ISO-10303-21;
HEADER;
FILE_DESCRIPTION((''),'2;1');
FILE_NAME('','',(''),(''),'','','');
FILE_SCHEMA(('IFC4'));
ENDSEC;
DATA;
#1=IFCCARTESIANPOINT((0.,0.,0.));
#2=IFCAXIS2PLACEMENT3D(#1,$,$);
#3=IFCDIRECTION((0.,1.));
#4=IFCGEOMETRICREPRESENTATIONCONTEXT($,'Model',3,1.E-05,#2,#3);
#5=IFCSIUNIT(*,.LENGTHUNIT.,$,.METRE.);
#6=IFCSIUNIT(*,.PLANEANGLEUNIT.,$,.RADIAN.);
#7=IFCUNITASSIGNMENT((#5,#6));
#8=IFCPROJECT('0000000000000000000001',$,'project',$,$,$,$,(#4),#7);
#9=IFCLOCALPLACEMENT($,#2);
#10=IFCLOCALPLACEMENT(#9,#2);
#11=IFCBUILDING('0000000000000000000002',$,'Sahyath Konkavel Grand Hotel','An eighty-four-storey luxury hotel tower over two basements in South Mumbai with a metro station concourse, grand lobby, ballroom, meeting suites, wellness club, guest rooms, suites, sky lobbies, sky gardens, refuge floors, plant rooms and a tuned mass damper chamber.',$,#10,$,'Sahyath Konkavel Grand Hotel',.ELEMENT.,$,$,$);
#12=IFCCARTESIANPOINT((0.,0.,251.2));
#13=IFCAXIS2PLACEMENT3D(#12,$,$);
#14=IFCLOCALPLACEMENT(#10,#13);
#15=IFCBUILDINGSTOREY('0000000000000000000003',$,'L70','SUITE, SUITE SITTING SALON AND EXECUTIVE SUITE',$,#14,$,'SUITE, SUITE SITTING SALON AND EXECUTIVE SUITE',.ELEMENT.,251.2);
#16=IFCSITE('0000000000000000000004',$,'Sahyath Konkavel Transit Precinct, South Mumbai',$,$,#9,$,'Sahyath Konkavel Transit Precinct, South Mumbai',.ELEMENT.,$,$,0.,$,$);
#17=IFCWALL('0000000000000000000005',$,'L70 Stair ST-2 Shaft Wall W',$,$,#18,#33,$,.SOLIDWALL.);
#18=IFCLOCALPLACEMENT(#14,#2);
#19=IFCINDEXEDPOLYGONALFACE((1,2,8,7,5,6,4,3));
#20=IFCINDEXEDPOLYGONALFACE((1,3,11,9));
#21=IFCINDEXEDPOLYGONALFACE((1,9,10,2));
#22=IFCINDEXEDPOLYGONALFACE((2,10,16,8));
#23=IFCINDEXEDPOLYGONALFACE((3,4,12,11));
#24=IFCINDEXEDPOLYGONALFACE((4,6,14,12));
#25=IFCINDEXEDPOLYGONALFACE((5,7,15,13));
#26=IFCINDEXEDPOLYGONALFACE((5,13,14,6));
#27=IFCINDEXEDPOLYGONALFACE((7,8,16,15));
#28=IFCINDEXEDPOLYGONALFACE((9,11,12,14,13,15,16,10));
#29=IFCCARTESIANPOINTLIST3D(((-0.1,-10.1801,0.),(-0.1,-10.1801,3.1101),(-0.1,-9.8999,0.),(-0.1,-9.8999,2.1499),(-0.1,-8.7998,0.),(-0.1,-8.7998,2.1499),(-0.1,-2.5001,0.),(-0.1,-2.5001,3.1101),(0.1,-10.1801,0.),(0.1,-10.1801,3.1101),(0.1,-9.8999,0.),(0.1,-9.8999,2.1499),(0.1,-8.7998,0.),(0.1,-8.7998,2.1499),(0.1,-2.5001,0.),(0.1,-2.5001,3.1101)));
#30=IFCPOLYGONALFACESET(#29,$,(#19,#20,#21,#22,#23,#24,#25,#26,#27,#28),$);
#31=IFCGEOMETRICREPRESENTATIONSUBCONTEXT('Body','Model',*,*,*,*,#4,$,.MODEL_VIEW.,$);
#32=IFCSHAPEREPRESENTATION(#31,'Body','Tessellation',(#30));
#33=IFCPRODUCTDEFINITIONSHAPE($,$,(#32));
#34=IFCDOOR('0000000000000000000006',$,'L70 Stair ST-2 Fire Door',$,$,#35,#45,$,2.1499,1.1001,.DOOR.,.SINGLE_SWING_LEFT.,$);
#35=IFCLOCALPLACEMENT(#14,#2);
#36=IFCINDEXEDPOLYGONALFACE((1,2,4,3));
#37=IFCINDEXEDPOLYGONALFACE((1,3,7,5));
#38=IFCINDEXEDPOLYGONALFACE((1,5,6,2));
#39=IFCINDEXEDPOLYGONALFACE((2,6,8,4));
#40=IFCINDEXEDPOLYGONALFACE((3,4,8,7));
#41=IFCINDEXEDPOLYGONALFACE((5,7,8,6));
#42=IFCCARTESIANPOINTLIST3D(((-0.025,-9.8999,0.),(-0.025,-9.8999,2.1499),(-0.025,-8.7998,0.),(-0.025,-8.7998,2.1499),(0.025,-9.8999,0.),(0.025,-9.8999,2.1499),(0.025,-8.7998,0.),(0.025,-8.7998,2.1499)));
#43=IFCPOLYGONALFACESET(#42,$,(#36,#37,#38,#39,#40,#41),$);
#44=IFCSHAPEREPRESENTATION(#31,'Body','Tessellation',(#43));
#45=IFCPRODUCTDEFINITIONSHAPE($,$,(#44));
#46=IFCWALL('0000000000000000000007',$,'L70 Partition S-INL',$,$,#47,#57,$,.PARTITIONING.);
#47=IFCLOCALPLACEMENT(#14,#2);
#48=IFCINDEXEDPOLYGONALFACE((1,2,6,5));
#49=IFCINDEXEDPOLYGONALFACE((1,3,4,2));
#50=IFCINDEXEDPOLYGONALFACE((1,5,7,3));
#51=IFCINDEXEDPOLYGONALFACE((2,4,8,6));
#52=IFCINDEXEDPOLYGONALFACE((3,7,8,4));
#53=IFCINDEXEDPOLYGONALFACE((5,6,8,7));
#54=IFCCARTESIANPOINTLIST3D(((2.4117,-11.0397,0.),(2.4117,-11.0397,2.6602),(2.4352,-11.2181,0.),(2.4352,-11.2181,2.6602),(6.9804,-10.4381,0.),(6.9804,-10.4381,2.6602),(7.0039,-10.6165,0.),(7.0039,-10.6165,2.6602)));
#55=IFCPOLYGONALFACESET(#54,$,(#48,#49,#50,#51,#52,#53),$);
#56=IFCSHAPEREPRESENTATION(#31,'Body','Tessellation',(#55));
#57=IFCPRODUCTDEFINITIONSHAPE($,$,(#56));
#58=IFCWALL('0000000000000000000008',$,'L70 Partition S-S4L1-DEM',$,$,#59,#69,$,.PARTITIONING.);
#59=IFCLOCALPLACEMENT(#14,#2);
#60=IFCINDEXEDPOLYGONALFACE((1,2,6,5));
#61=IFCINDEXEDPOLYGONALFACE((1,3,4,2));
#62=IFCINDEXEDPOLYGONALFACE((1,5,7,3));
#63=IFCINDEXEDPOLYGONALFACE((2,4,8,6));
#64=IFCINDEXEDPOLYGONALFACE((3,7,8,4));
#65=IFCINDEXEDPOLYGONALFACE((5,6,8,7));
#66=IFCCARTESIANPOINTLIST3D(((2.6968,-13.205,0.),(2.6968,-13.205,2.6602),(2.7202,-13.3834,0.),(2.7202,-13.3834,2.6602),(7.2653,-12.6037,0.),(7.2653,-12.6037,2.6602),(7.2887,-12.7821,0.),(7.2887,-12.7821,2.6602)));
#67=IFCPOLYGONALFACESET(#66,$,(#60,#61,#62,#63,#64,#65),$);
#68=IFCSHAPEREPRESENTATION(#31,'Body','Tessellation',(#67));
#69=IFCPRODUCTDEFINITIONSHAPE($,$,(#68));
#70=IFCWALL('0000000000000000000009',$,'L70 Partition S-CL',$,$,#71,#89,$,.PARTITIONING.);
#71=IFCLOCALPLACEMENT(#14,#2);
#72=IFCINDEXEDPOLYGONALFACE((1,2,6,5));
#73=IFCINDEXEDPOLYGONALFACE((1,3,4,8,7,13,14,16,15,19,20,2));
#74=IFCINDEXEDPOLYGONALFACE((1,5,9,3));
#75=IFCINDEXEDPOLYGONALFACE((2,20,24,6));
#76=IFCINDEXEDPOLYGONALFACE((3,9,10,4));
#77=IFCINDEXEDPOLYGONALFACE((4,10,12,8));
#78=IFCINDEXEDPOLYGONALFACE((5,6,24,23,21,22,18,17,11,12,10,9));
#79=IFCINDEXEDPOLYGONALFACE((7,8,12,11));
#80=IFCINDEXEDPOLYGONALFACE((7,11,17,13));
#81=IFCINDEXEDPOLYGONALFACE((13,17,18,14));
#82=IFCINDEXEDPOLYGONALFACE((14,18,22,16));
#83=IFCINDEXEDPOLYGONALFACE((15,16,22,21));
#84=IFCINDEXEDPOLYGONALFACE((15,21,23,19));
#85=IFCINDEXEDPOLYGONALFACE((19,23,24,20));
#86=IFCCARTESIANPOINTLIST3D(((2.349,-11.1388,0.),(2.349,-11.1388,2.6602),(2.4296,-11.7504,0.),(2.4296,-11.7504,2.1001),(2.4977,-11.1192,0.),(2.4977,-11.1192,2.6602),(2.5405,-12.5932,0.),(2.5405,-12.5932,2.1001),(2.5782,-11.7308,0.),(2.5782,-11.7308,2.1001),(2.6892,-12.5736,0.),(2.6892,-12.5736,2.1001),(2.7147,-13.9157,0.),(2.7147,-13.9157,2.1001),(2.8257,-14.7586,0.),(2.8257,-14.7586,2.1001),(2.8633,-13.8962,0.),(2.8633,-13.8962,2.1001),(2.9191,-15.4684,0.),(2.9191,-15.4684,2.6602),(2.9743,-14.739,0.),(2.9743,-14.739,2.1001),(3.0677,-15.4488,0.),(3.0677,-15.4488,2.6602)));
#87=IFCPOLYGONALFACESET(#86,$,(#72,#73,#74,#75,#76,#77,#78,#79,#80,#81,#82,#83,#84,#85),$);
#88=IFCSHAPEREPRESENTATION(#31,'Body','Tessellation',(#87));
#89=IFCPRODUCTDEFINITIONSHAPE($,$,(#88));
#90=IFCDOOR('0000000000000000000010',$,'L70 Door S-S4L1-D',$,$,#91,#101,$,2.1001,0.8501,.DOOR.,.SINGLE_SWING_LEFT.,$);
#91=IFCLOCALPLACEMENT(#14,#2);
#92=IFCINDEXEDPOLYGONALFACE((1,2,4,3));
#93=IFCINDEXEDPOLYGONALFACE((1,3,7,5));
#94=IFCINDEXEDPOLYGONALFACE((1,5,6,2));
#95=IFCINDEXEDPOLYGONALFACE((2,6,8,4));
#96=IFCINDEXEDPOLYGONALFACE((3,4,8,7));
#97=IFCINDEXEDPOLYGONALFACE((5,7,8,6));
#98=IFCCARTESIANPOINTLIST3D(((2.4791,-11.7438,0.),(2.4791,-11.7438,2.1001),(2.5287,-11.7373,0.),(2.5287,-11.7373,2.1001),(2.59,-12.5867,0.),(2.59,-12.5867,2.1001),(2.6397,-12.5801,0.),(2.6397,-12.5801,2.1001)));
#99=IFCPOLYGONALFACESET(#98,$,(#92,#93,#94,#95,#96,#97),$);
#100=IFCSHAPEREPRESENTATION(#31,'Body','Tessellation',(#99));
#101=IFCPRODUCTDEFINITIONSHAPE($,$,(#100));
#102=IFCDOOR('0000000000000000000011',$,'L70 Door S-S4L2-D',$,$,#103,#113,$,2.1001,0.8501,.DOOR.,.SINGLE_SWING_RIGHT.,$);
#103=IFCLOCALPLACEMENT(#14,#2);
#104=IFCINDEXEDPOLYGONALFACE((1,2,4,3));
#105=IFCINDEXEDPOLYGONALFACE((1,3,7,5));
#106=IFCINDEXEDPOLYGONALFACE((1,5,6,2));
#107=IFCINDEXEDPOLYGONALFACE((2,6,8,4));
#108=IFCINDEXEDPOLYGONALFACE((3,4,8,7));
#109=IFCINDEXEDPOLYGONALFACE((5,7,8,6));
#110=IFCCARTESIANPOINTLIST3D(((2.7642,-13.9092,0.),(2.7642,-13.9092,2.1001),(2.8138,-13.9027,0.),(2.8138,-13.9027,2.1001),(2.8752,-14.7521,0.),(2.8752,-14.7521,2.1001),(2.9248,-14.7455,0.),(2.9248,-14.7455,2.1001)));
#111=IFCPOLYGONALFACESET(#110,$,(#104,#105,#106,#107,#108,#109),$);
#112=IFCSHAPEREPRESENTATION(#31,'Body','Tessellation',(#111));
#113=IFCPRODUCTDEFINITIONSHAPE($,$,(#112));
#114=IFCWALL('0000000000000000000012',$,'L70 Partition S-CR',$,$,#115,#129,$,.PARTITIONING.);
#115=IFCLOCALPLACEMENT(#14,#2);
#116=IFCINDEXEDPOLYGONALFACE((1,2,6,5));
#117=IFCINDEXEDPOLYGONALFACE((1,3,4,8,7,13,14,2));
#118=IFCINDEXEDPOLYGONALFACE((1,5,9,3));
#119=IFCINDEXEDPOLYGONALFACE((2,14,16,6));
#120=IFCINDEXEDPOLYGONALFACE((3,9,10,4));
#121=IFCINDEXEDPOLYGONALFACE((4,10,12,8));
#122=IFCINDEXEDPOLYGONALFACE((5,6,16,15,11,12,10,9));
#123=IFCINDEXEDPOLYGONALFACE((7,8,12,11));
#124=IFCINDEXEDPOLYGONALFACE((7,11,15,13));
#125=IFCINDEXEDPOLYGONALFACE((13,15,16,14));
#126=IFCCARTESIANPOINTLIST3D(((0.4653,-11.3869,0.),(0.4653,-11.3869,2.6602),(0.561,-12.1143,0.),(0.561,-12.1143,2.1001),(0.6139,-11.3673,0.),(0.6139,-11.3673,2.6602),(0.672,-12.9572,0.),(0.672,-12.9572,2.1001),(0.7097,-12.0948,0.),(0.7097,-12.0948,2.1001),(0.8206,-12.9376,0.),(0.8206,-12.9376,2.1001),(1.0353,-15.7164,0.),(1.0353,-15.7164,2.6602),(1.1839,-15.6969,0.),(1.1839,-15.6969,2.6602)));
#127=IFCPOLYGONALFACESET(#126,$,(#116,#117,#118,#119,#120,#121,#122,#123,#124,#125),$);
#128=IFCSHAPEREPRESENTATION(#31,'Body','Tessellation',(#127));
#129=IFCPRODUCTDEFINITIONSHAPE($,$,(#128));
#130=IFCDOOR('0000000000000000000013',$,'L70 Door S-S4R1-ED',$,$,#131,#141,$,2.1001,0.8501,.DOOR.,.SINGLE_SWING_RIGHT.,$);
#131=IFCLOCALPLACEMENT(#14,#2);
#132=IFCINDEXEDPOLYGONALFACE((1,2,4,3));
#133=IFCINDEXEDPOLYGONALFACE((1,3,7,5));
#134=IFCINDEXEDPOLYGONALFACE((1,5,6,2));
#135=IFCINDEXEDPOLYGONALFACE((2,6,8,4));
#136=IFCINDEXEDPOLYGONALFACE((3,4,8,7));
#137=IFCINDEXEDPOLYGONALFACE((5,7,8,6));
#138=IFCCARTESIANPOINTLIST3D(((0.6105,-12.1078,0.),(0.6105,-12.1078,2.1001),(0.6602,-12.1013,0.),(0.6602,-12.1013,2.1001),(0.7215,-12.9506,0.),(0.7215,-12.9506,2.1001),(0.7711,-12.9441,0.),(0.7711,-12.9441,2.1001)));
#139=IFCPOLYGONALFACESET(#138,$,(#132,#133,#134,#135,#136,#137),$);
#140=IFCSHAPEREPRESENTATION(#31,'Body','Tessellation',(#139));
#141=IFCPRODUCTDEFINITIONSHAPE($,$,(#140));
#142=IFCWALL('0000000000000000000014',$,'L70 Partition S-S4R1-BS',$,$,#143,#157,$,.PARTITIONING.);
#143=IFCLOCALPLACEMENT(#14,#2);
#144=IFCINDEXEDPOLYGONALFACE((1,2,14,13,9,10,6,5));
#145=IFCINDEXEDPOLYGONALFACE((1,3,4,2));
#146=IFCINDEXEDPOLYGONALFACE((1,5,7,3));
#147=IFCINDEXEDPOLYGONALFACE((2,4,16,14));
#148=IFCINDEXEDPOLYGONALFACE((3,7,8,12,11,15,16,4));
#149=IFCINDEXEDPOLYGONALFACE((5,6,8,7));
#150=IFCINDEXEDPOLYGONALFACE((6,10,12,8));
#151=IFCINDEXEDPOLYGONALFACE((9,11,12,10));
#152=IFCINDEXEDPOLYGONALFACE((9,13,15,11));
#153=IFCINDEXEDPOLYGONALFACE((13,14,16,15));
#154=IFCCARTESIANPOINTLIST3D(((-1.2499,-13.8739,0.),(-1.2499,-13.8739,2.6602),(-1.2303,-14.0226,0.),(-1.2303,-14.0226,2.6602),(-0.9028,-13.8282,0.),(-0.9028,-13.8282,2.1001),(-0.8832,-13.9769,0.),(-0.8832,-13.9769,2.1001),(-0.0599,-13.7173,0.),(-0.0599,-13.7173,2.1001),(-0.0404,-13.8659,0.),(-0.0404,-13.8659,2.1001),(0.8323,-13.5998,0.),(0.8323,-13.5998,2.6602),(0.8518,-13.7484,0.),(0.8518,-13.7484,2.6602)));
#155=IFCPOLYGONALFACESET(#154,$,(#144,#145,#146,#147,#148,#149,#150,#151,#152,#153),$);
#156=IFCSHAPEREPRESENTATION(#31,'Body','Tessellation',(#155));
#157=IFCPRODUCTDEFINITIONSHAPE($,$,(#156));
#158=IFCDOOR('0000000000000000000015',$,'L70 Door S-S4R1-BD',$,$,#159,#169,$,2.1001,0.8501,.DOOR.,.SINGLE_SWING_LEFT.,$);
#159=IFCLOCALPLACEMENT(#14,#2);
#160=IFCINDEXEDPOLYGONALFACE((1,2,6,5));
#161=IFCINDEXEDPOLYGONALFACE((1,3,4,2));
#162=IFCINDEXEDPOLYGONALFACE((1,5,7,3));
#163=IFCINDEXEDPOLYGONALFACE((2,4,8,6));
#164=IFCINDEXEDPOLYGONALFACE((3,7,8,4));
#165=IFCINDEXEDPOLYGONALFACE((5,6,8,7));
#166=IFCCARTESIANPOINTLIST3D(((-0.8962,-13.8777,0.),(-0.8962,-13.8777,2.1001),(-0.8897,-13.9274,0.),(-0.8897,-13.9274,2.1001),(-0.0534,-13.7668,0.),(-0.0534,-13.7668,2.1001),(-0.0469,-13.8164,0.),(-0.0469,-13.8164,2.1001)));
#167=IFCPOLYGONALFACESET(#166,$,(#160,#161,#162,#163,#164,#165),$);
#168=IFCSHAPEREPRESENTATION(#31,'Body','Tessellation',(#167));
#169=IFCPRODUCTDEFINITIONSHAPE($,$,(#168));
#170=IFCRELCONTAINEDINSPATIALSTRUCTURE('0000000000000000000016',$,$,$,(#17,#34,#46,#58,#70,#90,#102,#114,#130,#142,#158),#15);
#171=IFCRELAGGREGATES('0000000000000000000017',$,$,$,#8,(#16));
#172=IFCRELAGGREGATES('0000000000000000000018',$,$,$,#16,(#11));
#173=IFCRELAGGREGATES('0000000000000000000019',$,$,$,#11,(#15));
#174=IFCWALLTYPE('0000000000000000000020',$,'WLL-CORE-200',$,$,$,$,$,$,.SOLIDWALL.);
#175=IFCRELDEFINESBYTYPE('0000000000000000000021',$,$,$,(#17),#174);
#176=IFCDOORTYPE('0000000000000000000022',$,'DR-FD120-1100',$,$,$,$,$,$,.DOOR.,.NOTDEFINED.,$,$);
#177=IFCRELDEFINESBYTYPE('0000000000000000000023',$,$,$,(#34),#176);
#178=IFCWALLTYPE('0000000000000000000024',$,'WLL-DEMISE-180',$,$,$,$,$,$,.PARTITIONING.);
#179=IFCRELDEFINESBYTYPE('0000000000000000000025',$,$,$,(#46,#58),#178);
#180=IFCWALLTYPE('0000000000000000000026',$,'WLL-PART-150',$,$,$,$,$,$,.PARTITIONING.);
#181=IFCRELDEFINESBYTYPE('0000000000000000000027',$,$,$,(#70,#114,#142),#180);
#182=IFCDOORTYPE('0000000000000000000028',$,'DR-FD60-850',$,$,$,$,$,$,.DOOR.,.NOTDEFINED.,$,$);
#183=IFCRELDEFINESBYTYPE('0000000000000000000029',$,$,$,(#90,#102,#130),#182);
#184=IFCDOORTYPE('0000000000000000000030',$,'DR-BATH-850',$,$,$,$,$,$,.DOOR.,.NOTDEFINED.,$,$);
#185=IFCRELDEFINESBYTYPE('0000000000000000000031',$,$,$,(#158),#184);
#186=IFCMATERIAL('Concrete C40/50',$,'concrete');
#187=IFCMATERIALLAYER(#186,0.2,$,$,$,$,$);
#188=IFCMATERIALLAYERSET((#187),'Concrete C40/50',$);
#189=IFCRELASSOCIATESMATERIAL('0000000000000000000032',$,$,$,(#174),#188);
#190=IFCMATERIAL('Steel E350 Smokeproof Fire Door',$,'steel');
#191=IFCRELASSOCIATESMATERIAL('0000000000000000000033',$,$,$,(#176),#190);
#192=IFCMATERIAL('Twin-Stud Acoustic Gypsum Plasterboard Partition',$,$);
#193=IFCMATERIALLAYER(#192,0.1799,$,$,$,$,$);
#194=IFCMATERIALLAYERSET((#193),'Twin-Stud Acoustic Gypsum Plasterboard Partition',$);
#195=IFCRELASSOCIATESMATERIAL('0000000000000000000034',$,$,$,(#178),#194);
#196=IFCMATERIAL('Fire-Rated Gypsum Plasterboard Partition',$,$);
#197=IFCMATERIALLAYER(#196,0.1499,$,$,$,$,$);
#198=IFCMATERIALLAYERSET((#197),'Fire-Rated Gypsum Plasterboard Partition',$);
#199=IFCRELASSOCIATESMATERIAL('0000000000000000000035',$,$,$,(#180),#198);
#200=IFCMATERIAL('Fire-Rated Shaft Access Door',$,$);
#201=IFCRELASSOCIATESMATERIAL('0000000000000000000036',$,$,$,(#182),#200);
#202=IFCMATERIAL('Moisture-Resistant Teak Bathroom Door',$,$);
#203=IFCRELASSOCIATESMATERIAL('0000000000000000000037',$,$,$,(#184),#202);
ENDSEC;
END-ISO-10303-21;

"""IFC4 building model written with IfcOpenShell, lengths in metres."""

from ifc_helpers import new_model, si_unit, direction, frame, frame_2d, origin, origin_2d, place, context, subcontext, project, spatial, rectangle, extrude, source, transform, mapped, material, layer, layer_set, type_object, element, fill, save


model = new_model("IFC4")

# Units and contexts
model_context = context("Model", 3, precision=1e-05, world=origin(), true_north=direction((0.0, 1.0)))
body_context = subcontext(model_context, "Body", "Model", "MODEL_VIEW")
ifc_project = project(units=[si_unit("LENGTHUNIT", "METRE"), si_unit("PLANEANGLEUNIT", "RADIAN")], contexts=[model_context])

# Site, building, storey
site_placement = place(None, origin())
site = spatial("IfcSite", under=ifc_project, at=site_placement, Name="Sahyath Konkavel Transit Precinct, South Mumbai", LongName="Sahyath Konkavel Transit Precinct, South Mumbai", CompositionType="ELEMENT", RefElevation=0.0)
building_placement = place(site_placement, origin())
building = spatial("IfcBuilding", under=site, at=building_placement, Name="Sahyath Konkavel Grand Hotel", Description="An eighty-four-storey luxury hotel tower over two basements in South Mumbai with a metro station concourse, grand lobby, ballroom, meeting suites, wellness club, guest rooms, suites, sky lobbies, sky gardens, refuge floors, plant rooms and a tuned mass damper chamber.", LongName="Sahyath Konkavel Grand Hotel", CompositionType="ELEMENT")
storey_placement = place(building_placement, frame((0.0, 0.0, 251.2)))
storey = spatial("IfcBuildingStorey", under=building, at=storey_placement, Name="L70", Description="SUITE, SUITE SITTING SALON AND EXECUTIVE SUITE", LongName="SUITE, SUITE SITTING SALON AND EXECUTIVE SUITE", CompositionType="ELEMENT", Elevation=251.2)

# Shared definitions
ifc_material_1 = material(Name="Concrete C40/50", Category="concrete")

# Wall, opening, door
ifc_layer_1 = layer(ifc_material_1, 0.2)
ifc_layer_set_1 = layer_set([ifc_layer_1], Name="Concrete C40/50")
wall_type_1 = type_object("IfcWallType", Name="WLL-CORE-200", PredefinedType="SOLIDWALL", material=ifc_layer_set_1)
wall_1_placement = place(storey_placement, frame((0.0, -10.1799, 0.0), z_axis=(0.0, 0.0, 1.0), x_axis=(0.0, 1.0, 0.0)))
wall_1 = element("IfcWall", 1, at=wall_1_placement, inside=storey, type_object=wall_type_1, Name="L70 Stair ST-2 Shaft Wall W", PredefinedType="SOLIDWALL", context=body_context, shape_type="SweptSolid", body=[
    extrude(rectangle(XDim=7.6799, YDim=0.2, at=frame_2d((3.8398, 0.0))), origin(), (0.0, 0.0, 1.0), 3.1101),
])
opening_1_placement = place(wall_1_placement, frame((0.28, 0.0, 0.0)))
opening_1 = element("IfcOpeningElement", 2, at=opening_1_placement, cuts=wall_1, PredefinedType="OPENING", context=body_context, shape_type="SweptSolid", body=[
    extrude(rectangle(XDim=1.1001, YDim=2.1499, at=frame_2d((0.55, 1.075))), frame((0.0, 0.1099, 0.0), z_axis=(0.0, -1.0, 0.0), x_axis=(1.0, 0.0, 0.0)), (0.0, 0.0, 1.0), 0.22),
])
ifc_material_2 = material(Name="Steel E350 Smokeproof Fire Door", Category="steel")
door_type_1 = type_object("IfcDoorType", Name="DR-FD120-1100", OperationType="NOTDEFINED", PredefinedType="DOOR", material=ifc_material_2)
shared_shape_1 = source(origin(), body_context, "Body", "SweptSolid", [
    extrude(rectangle(XDim=1.1001, YDim=0.05, at=origin_2d()), origin(), (0.0, 0.0, 1.0), 2.1499),
])
door_1_placement = place(opening_1_placement, frame((0.55, 0.0, 0.0)))
door_1 = element("IfcDoor", 3, at=door_1_placement, inside=storey, type_object=door_type_1, Name="L70 Stair ST-2 Fire Door", OperationType="SINGLE_SWING_LEFT", OverallHeight=2.1499, OverallWidth=1.1001, PredefinedType="DOOR", context=body_context, shape_type="MappedRepresentation", body=[
    mapped(shared_shape_1, transform((0.0, 0.0, 0.0), scale=1.0)),
])
fill(opening_1, door_1)

# Walls
ifc_material_3 = material(Name="Twin-Stud Acoustic Gypsum Plasterboard Partition")
ifc_layer_2 = layer(ifc_material_3, 0.1799)
ifc_layer_set_2 = layer_set([ifc_layer_2], Name="Twin-Stud Acoustic Gypsum Plasterboard Partition")
wall_type_2 = type_object("IfcWallType", Name="WLL-DEMISE-180", PredefinedType="PARTITIONING", material=ifc_layer_set_2)
wall_2_placement = place(storey_placement, frame((2.4233, -11.1289, 0.0), z_axis=(0.0, 0.0, 1.0), x_axis=(0.991442, 0.130546, 0.0)))
element("IfcWall", 4, at=wall_2_placement, inside=storey, type_object=wall_type_2, Name="L70 Partition S-INL", PredefinedType="PARTITIONING", context=body_context, shape_type="SweptSolid", body=[
    extrude(rectangle(XDim=4.6082, YDim=0.1799, at=frame_2d((2.3042, 0.0))), origin(), (0.0, 0.0, 1.0), 2.6602),
])
wall_3_placement = place(storey_placement, frame((2.7085, -13.2942, 0.0), z_axis=(0.0, 0.0, 1.0), x_axis=(0.991449, 0.130494, 0.0)))
element("IfcWall", 5, at=wall_3_placement, inside=storey, type_object=wall_type_2, Name="L70 Partition S-S4L1-DEM", PredefinedType="PARTITIONING", context=body_context, shape_type="SweptSolid", body=[
    extrude(rectangle(XDim=4.6079, YDim=0.1799, at=frame_2d((2.304, 0.0))), origin(), (0.0, 0.0, 1.0), 2.6602),
])

# Wall, openings, doors
ifc_material_4 = material(Name="Fire-Rated Gypsum Plasterboard Partition")
ifc_layer_3 = layer(ifc_material_4, 0.1499)
ifc_layer_set_3 = layer_set([ifc_layer_3], Name="Fire-Rated Gypsum Plasterboard Partition")
wall_type_3 = type_object("IfcWallType", Name="WLL-PART-150", PredefinedType="PARTITIONING", material=ifc_layer_set_3)
wall_4_placement = place(storey_placement, frame((2.4233, -11.1289, 0.0), z_axis=(0.0, 0.0, 1.0), x_axis=(0.130541, -0.991443, 0.0)))
wall_4 = element("IfcWall", 6, at=wall_4_placement, inside=storey, type_object=wall_type_3, Name="L70 Partition S-CL", PredefinedType="PARTITIONING", context=body_context, shape_type="SweptSolid", body=[
    extrude(rectangle(XDim=4.3669, YDim=0.1499, at=frame_2d((2.1836, 0.0))), origin(), (0.0, 0.0, 1.0), 2.6602),
])
opening_2_placement = place(wall_4_placement, frame((0.6169, 0.0, 0.0)))
opening_2 = element("IfcOpeningElement", 7, at=opening_2_placement, cuts=wall_4, PredefinedType="OPENING", context=body_context, shape_type="SweptSolid", body=[
    extrude(rectangle(XDim=0.8501, YDim=2.1001, at=frame_2d((0.425, 1.05))), frame((0.0, 0.085, 0.0), z_axis=(0.0, -1.0, 0.0), x_axis=(1.0, 0.0, 0.0)), (0.0, 0.0, 1.0), 0.1699),
])
opening_3_placement = place(wall_4_placement, frame((2.801, 0.0, 0.0)))
opening_3 = element("IfcOpeningElement", 8, at=opening_3_placement, cuts=wall_4, PredefinedType="OPENING", context=body_context, shape_type="SweptSolid", body=[
    extrude(rectangle(XDim=0.8501, YDim=2.1001, at=frame_2d((0.425, 1.05))), frame((0.0, 0.085, 0.0), z_axis=(0.0, -1.0, 0.0), x_axis=(1.0, 0.0, 0.0)), (0.0, 0.0, 1.0), 0.1699),
])
ifc_material_5 = material(Name="Fire-Rated Shaft Access Door")
door_type_2 = type_object("IfcDoorType", Name="DR-FD60-850", OperationType="NOTDEFINED", PredefinedType="DOOR", material=ifc_material_5)
shared_shape_2 = source(origin(), body_context, "Body", "SweptSolid", [
    extrude(rectangle(XDim=0.8501, YDim=0.05, at=origin_2d()), origin(), (0.0, 0.0, 1.0), 2.1001),
])
door_2_placement = place(opening_2_placement, frame((0.425, 0.0, 0.0)))
door_2 = element("IfcDoor", 9, at=door_2_placement, inside=storey, type_object=door_type_2, Name="L70 Door S-S4L1-D", OperationType="SINGLE_SWING_LEFT", OverallHeight=2.1001, OverallWidth=0.8501, PredefinedType="DOOR", context=body_context, shape_type="MappedRepresentation", body=[
    mapped(shared_shape_2, transform((0.0, 0.0, 0.0), scale=1.0)),
])
fill(opening_2, door_2)
door_3_placement = place(opening_3_placement, frame((0.425, 0.0, 0.0)))
door_3 = element("IfcDoor", 10, at=door_3_placement, inside=storey, type_object=door_type_2, Name="L70 Door S-S4L2-D", OperationType="SINGLE_SWING_RIGHT", OverallHeight=2.1001, OverallWidth=0.8501, PredefinedType="DOOR", context=body_context, shape_type="MappedRepresentation", body=[
    mapped(shared_shape_2, transform((0.0, 0.0, 0.0), scale=1.0)),
])
fill(opening_3, door_3)

# Walls, openings, doors
wall_5_placement = place(storey_placement, frame((0.5396, -11.377, 0.0), z_axis=(0.0, 0.0, 1.0), x_axis=(0.130541, -0.991443, 0.0)))
wall_5 = element("IfcWall", 11, at=wall_5_placement, inside=storey, type_object=wall_type_3, Name="L70 Partition S-CR", PredefinedType="PARTITIONING", context=body_context, shape_type="SweptSolid", body=[
    extrude(rectangle(XDim=4.3669, YDim=0.1499, at=frame_2d((2.1836, 0.0))), origin(), (0.0, 0.0, 1.0), 2.6602),
])
opening_4_placement = place(wall_5_placement, frame((0.7339, 0.0, 0.0)))
opening_4 = element("IfcOpeningElement", 12, at=opening_4_placement, cuts=wall_5, PredefinedType="OPENING", context=body_context, shape_type="SweptSolid", body=[
    extrude(rectangle(XDim=0.8501, YDim=2.1001, at=frame_2d((0.425, 1.05))), frame((0.0, 0.085, 0.0), z_axis=(0.0, -1.0, 0.0), x_axis=(1.0, 0.0, 0.0)), (0.0, 0.0, 1.0), 0.1699),
])
door_4_placement = place(opening_4_placement, frame((0.425, 0.0, 0.0)))
door_4 = element("IfcDoor", 13, at=door_4_placement, inside=storey, type_object=door_type_2, Name="L70 Door S-S4R1-ED", OperationType="SINGLE_SWING_RIGHT", OverallHeight=2.1001, OverallWidth=0.8501, PredefinedType="DOOR", context=body_context, shape_type="MappedRepresentation", body=[
    mapped(shared_shape_2, transform((0.0, 0.0, 0.0), scale=1.0)),
])
fill(opening_4, door_4)
wall_6_placement = place(storey_placement, frame((0.842, -13.6741, 0.0), z_axis=(0.0, 0.0, 1.0), x_axis=(-0.991441, -0.130557, 0.0)))
wall_6 = element("IfcWall", 14, at=wall_6_placement, inside=storey, type_object=wall_type_3, Name="L70 Partition S-S4R1-BS", PredefinedType="PARTITIONING", context=body_context, shape_type="SweptSolid", body=[
    extrude(rectangle(XDim=2.1001, YDim=0.1499, at=frame_2d((1.05, 0.0))), origin(), (0.0, 0.0, 1.0), 2.6602),
])
opening_5_placement = place(wall_6_placement, frame((0.8999, 0.0, 0.0)))
opening_5 = element("IfcOpeningElement", 15, at=opening_5_placement, cuts=wall_6, PredefinedType="OPENING", context=body_context, shape_type="SweptSolid", body=[
    extrude(rectangle(XDim=0.8501, YDim=2.1001, at=frame_2d((0.425, 1.05))), frame((0.0, 0.085, 0.0), z_axis=(0.0, -1.0, 0.0), x_axis=(1.0, 0.0, 0.0)), (0.0, 0.0, 1.0), 0.1699),
])
ifc_material_6 = material(Name="Moisture-Resistant Teak Bathroom Door")
door_type_3 = type_object("IfcDoorType", Name="DR-BATH-850", OperationType="NOTDEFINED", PredefinedType="DOOR", material=ifc_material_6)
door_5_placement = place(opening_5_placement, frame((0.425, 0.0, 0.0)))
door_5 = element("IfcDoor", 16, at=door_5_placement, inside=storey, type_object=door_type_3, Name="L70 Door S-S4R1-BD", OperationType="SINGLE_SWING_LEFT", OverallHeight=2.1001, OverallWidth=0.8501, PredefinedType="DOOR", context=body_context, shape_type="MappedRepresentation", body=[
    mapped(shared_shape_2, transform((0.0, 0.0, 0.0), scale=1.0)),
])
fill(opening_5, door_5)

save(model, "model.ifc")
